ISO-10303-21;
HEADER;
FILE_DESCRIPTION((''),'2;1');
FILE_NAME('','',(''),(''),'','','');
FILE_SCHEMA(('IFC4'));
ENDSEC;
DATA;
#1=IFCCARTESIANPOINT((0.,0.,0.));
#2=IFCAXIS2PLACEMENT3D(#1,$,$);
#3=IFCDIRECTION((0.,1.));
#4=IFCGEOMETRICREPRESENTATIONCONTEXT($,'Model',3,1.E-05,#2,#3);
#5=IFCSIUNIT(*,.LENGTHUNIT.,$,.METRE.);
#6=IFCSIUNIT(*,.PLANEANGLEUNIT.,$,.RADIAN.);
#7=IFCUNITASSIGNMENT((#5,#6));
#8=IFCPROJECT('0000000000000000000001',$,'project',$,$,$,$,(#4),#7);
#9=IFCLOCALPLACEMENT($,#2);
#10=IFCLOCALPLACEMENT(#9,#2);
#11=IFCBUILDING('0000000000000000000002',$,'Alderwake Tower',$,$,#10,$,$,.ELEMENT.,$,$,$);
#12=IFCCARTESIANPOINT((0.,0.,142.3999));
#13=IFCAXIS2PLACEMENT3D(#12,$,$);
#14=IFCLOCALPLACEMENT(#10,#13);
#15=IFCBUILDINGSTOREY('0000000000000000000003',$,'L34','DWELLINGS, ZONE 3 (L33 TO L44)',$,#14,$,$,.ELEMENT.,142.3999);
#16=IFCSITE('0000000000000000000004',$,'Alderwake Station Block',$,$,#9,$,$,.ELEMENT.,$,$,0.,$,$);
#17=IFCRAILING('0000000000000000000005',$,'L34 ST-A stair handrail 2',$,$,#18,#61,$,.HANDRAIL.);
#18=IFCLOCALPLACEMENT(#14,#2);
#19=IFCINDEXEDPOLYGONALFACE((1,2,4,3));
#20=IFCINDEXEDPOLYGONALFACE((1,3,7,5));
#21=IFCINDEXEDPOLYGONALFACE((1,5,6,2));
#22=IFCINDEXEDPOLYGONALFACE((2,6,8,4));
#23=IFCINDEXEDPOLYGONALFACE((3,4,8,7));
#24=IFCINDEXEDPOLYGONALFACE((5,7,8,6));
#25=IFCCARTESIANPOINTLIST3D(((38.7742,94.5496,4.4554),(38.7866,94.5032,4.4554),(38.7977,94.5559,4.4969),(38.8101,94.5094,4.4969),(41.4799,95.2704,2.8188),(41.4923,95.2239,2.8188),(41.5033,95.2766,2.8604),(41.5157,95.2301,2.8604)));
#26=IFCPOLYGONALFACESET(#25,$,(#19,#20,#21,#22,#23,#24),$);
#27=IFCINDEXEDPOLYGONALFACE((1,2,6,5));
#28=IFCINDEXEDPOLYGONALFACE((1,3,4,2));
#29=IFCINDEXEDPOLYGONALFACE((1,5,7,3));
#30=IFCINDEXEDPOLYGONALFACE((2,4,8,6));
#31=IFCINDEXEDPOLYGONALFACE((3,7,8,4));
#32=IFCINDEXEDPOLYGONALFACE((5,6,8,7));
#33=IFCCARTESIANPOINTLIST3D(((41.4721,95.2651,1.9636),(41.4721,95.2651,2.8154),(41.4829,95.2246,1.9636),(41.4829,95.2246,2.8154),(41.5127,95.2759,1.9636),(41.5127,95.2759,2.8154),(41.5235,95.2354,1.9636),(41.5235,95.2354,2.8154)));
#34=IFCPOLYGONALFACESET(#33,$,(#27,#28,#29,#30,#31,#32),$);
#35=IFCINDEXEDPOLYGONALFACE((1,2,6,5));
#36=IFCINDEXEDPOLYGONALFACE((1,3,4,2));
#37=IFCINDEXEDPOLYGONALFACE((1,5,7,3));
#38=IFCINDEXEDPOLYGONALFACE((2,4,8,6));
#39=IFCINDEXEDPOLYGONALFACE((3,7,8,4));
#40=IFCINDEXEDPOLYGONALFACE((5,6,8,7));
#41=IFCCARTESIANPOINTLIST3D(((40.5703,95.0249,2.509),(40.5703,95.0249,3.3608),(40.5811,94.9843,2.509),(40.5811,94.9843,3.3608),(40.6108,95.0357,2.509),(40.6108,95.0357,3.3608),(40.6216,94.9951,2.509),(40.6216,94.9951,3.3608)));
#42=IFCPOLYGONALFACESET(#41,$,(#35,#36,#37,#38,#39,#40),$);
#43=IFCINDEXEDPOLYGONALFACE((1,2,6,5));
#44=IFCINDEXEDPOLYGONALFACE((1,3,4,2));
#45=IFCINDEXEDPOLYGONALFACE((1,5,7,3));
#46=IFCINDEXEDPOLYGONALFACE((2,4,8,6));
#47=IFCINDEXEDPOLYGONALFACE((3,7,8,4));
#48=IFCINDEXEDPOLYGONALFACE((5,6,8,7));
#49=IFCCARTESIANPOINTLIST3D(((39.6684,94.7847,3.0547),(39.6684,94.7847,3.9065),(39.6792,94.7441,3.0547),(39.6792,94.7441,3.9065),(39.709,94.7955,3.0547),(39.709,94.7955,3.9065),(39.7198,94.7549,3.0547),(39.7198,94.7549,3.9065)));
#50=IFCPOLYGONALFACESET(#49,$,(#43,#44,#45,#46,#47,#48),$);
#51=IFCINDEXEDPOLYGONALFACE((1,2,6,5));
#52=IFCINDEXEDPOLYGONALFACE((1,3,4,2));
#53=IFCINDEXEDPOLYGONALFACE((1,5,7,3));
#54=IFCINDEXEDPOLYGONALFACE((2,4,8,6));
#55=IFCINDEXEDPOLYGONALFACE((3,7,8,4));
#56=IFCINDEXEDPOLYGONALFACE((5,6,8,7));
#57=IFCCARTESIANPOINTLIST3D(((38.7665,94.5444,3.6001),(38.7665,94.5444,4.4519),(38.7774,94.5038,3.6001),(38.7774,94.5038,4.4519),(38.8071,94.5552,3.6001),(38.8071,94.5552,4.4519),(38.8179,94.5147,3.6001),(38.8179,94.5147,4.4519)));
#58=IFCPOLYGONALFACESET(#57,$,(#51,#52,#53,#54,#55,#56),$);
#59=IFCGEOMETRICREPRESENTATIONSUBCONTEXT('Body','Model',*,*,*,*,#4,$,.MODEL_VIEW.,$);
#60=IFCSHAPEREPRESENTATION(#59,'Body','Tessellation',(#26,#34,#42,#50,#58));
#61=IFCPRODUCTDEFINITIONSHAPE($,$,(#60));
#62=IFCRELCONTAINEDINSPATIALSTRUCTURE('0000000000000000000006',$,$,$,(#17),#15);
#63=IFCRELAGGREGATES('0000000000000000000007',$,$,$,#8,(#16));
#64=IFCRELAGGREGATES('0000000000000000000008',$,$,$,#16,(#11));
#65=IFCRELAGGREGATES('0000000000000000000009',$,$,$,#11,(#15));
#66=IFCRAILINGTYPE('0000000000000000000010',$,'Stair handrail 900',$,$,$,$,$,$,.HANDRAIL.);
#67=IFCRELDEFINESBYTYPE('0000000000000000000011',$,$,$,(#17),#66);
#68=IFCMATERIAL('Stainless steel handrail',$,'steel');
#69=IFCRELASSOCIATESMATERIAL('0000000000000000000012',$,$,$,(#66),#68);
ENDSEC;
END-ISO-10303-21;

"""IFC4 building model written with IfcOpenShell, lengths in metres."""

from ifc_helpers import new_model, si_unit, direction, frame, origin, origin_2d, place, context, subcontext, project, spatial, rectangle, extrude, material, type_object, element, save


model = new_model("IFC4")

# Units and contexts
model_context = context("Model", 3, precision=1e-05, world=origin(), true_north=direction((0.0, 1.0)))
body_context = subcontext(model_context, "Body", "Model", "MODEL_VIEW")
ifc_project = project(units=[si_unit("LENGTHUNIT", "METRE"), si_unit("PLANEANGLEUNIT", "RADIAN")], contexts=[model_context])

# Site, building, storey
site_placement = place(None, origin())
site = spatial("IfcSite", under=ifc_project, at=site_placement, Name="Alderwake Station Block", CompositionType="ELEMENT", RefElevation=0.0)
building_placement = place(site_placement, origin())
building = spatial("IfcBuilding", under=site, at=building_placement, Name="Alderwake Tower", CompositionType="ELEMENT")
storey_placement = place(building_placement, frame((0.0, 0.0, 142.3999)))
storey = spatial("IfcBuildingStorey", under=building, at=storey_placement, Name="L34", Description="DWELLINGS, ZONE 3 (L33 TO L44)", CompositionType="ELEMENT", Elevation=142.3999)

# Railing
ifc_material_1 = material(Name="Stainless steel handrail", Category="steel")
railing_type_1 = type_object("IfcRailingType", Name="Stair handrail 900", PredefinedType="HANDRAIL", material=ifc_material_1)
railing_1_placement = place(storey_placement, frame((41.4978, 95.2502, 1.9636)))
element("IfcRailing", 1, at=railing_1_placement, inside=storey, type_object=railing_type_1, Name="L34 ST-A stair handrail 2", PredefinedType="HANDRAIL", context=body_context, shape_type="SweptSolid", body=[
    extrude(rectangle(XDim=0.0481, YDim=0.0481, at=origin_2d()), frame((0.0, 0.0, 0.876), z_axis=(-0.834259, -0.222228, 0.504605), x_axis=(0.257402, -0.966304, 0.0)), (0.0, 0.0, 1.0), 3.2432),
    extrude(rectangle(XDim=0.042, YDim=0.042, at=origin_2d()), frame((0.0, 0.0, 0.0), z_axis=(0.0, 0.0, 1.0), x_axis=(-0.966304, -0.257402, 0.0)), (0.0, 0.0, 1.0), 0.8518),
    extrude(rectangle(XDim=0.042, YDim=0.042, at=origin_2d()), frame((-0.9019, -0.2402, 0.5454), z_axis=(0.0, 0.0, 1.0), x_axis=(-0.966304, -0.257402, 0.0)), (0.0, 0.0, 1.0), 0.8518),
    extrude(rectangle(XDim=0.042, YDim=0.042, at=origin_2d()), frame((-1.8037, -0.4805, 1.0911), z_axis=(0.0, 0.0, 1.0), x_axis=(-0.966304, -0.257402, 0.0)), (0.0, 0.0, 1.0), 0.8518),
    extrude(rectangle(XDim=0.042, YDim=0.042, at=origin_2d()), frame((-2.7056, -0.7207, 1.6365), z_axis=(0.0, 0.0, 1.0), x_axis=(-0.966304, -0.257402, 0.0)), (0.0, 0.0, 1.0), 0.8518),
])

save(model, "model.ifc")
